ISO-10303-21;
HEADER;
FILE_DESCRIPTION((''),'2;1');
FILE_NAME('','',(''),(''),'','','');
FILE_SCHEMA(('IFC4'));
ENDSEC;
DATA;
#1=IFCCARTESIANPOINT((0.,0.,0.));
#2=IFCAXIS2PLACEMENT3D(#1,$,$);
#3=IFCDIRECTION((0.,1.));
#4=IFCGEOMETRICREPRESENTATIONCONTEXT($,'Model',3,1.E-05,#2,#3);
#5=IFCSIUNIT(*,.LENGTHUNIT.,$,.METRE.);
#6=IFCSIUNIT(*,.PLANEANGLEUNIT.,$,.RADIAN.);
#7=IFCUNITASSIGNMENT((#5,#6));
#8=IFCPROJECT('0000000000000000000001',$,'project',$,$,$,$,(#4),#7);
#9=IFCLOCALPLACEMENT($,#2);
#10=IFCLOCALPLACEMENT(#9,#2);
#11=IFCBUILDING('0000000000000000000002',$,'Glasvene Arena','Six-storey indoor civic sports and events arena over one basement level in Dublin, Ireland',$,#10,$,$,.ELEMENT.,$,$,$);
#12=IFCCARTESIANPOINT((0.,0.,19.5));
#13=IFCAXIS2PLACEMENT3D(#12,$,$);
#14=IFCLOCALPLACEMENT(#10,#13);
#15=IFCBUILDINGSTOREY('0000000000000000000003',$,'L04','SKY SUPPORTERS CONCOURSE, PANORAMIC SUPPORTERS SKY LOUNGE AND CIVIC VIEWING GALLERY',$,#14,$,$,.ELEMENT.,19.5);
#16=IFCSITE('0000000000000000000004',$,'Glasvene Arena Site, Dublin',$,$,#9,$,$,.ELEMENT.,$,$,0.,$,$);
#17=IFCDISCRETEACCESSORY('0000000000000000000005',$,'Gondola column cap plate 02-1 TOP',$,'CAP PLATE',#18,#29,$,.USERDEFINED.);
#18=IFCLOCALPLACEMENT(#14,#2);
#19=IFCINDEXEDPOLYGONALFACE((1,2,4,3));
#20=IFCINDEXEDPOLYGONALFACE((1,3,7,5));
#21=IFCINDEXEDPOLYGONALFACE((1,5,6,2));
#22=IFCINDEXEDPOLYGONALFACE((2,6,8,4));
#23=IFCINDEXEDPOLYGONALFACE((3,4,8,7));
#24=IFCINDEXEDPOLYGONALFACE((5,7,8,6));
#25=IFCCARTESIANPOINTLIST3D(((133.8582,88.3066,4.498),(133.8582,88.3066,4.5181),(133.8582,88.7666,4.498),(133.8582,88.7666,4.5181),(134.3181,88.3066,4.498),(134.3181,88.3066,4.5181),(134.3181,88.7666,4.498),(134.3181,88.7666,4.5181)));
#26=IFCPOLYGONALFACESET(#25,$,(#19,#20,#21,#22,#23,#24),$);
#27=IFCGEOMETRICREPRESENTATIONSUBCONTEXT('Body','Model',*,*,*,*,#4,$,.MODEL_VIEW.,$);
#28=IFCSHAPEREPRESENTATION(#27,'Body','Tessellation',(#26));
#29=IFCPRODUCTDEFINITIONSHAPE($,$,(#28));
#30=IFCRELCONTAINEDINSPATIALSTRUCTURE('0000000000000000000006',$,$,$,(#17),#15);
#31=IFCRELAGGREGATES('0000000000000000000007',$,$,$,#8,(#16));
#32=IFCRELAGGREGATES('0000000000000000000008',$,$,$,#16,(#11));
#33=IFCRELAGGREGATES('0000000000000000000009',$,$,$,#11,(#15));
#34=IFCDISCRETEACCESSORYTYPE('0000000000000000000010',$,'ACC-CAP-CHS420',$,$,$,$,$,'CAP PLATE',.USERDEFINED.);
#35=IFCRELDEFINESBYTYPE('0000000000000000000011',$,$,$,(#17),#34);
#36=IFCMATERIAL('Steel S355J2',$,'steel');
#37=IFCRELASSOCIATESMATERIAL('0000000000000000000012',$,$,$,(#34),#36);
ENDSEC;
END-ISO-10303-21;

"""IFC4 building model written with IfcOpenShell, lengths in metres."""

from ifc_helpers import new_model, si_unit, direction, frame, origin, origin_2d, place, context, subcontext, project, spatial, rectangle, extrude, material, type_object, element, save


model = new_model("IFC4")

# Units and contexts
model_context = context("Model", 3, precision=1e-05, world=origin(), true_north=direction((0.0, 1.0)))
body_context = subcontext(model_context, "Body", "Model", "MODEL_VIEW")
ifc_project = project(units=[si_unit("LENGTHUNIT", "METRE"), si_unit("PLANEANGLEUNIT", "RADIAN")], contexts=[model_context])

# Site, building, storey
site_placement = place(None, origin())
site = spatial("IfcSite", under=ifc_project, at=site_placement, Name="Glasvene Arena Site, Dublin", CompositionType="ELEMENT", RefElevation=0.0)
building_placement = place(site_placement, origin())
building = spatial("IfcBuilding", under=site, at=building_placement, Name="Glasvene Arena", Description="Six-storey indoor civic sports and events arena over one basement level in Dublin, Ireland", CompositionType="ELEMENT")
storey_placement = place(building_placement, frame((0.0, 0.0, 19.5)))
storey = spatial("IfcBuildingStorey", under=building, at=storey_placement, Name="L04", Description="SKY SUPPORTERS CONCOURSE, PANORAMIC SUPPORTERS SKY LOUNGE AND CIVIC VIEWING GALLERY", CompositionType="ELEMENT", Elevation=19.5)

# Shared definitions
ifc_material_1 = material(Name="Steel S355J2", Category="steel")

# Discrete accessory
discrete_accessory_type = type_object("IfcDiscreteAccessoryType", Name="ACC-CAP-CHS420", ElementType="CAP PLATE", PredefinedType="USERDEFINED", material=ifc_material_1)
discrete_accessory_placement = place(storey_placement, frame((134.0881, 88.5366, 4.498), z_axis=(0.0, 0.0, 1.0), x_axis=(1.0, 0.0, 0.0)))
element("IfcDiscreteAccessory", 1, at=discrete_accessory_placement, inside=storey, type_object=discrete_accessory_type, Name="Gondola column cap plate 02-1 TOP", ObjectType="CAP PLATE", PredefinedType="USERDEFINED", context=body_context, shape_type="SweptSolid", body=[
    extrude(rectangle(XDim=0.46, YDim=0.46, at=origin_2d()), origin(), (0.0, 0.0, 1.0), 0.02),
])

save(model, "model.ifc")
